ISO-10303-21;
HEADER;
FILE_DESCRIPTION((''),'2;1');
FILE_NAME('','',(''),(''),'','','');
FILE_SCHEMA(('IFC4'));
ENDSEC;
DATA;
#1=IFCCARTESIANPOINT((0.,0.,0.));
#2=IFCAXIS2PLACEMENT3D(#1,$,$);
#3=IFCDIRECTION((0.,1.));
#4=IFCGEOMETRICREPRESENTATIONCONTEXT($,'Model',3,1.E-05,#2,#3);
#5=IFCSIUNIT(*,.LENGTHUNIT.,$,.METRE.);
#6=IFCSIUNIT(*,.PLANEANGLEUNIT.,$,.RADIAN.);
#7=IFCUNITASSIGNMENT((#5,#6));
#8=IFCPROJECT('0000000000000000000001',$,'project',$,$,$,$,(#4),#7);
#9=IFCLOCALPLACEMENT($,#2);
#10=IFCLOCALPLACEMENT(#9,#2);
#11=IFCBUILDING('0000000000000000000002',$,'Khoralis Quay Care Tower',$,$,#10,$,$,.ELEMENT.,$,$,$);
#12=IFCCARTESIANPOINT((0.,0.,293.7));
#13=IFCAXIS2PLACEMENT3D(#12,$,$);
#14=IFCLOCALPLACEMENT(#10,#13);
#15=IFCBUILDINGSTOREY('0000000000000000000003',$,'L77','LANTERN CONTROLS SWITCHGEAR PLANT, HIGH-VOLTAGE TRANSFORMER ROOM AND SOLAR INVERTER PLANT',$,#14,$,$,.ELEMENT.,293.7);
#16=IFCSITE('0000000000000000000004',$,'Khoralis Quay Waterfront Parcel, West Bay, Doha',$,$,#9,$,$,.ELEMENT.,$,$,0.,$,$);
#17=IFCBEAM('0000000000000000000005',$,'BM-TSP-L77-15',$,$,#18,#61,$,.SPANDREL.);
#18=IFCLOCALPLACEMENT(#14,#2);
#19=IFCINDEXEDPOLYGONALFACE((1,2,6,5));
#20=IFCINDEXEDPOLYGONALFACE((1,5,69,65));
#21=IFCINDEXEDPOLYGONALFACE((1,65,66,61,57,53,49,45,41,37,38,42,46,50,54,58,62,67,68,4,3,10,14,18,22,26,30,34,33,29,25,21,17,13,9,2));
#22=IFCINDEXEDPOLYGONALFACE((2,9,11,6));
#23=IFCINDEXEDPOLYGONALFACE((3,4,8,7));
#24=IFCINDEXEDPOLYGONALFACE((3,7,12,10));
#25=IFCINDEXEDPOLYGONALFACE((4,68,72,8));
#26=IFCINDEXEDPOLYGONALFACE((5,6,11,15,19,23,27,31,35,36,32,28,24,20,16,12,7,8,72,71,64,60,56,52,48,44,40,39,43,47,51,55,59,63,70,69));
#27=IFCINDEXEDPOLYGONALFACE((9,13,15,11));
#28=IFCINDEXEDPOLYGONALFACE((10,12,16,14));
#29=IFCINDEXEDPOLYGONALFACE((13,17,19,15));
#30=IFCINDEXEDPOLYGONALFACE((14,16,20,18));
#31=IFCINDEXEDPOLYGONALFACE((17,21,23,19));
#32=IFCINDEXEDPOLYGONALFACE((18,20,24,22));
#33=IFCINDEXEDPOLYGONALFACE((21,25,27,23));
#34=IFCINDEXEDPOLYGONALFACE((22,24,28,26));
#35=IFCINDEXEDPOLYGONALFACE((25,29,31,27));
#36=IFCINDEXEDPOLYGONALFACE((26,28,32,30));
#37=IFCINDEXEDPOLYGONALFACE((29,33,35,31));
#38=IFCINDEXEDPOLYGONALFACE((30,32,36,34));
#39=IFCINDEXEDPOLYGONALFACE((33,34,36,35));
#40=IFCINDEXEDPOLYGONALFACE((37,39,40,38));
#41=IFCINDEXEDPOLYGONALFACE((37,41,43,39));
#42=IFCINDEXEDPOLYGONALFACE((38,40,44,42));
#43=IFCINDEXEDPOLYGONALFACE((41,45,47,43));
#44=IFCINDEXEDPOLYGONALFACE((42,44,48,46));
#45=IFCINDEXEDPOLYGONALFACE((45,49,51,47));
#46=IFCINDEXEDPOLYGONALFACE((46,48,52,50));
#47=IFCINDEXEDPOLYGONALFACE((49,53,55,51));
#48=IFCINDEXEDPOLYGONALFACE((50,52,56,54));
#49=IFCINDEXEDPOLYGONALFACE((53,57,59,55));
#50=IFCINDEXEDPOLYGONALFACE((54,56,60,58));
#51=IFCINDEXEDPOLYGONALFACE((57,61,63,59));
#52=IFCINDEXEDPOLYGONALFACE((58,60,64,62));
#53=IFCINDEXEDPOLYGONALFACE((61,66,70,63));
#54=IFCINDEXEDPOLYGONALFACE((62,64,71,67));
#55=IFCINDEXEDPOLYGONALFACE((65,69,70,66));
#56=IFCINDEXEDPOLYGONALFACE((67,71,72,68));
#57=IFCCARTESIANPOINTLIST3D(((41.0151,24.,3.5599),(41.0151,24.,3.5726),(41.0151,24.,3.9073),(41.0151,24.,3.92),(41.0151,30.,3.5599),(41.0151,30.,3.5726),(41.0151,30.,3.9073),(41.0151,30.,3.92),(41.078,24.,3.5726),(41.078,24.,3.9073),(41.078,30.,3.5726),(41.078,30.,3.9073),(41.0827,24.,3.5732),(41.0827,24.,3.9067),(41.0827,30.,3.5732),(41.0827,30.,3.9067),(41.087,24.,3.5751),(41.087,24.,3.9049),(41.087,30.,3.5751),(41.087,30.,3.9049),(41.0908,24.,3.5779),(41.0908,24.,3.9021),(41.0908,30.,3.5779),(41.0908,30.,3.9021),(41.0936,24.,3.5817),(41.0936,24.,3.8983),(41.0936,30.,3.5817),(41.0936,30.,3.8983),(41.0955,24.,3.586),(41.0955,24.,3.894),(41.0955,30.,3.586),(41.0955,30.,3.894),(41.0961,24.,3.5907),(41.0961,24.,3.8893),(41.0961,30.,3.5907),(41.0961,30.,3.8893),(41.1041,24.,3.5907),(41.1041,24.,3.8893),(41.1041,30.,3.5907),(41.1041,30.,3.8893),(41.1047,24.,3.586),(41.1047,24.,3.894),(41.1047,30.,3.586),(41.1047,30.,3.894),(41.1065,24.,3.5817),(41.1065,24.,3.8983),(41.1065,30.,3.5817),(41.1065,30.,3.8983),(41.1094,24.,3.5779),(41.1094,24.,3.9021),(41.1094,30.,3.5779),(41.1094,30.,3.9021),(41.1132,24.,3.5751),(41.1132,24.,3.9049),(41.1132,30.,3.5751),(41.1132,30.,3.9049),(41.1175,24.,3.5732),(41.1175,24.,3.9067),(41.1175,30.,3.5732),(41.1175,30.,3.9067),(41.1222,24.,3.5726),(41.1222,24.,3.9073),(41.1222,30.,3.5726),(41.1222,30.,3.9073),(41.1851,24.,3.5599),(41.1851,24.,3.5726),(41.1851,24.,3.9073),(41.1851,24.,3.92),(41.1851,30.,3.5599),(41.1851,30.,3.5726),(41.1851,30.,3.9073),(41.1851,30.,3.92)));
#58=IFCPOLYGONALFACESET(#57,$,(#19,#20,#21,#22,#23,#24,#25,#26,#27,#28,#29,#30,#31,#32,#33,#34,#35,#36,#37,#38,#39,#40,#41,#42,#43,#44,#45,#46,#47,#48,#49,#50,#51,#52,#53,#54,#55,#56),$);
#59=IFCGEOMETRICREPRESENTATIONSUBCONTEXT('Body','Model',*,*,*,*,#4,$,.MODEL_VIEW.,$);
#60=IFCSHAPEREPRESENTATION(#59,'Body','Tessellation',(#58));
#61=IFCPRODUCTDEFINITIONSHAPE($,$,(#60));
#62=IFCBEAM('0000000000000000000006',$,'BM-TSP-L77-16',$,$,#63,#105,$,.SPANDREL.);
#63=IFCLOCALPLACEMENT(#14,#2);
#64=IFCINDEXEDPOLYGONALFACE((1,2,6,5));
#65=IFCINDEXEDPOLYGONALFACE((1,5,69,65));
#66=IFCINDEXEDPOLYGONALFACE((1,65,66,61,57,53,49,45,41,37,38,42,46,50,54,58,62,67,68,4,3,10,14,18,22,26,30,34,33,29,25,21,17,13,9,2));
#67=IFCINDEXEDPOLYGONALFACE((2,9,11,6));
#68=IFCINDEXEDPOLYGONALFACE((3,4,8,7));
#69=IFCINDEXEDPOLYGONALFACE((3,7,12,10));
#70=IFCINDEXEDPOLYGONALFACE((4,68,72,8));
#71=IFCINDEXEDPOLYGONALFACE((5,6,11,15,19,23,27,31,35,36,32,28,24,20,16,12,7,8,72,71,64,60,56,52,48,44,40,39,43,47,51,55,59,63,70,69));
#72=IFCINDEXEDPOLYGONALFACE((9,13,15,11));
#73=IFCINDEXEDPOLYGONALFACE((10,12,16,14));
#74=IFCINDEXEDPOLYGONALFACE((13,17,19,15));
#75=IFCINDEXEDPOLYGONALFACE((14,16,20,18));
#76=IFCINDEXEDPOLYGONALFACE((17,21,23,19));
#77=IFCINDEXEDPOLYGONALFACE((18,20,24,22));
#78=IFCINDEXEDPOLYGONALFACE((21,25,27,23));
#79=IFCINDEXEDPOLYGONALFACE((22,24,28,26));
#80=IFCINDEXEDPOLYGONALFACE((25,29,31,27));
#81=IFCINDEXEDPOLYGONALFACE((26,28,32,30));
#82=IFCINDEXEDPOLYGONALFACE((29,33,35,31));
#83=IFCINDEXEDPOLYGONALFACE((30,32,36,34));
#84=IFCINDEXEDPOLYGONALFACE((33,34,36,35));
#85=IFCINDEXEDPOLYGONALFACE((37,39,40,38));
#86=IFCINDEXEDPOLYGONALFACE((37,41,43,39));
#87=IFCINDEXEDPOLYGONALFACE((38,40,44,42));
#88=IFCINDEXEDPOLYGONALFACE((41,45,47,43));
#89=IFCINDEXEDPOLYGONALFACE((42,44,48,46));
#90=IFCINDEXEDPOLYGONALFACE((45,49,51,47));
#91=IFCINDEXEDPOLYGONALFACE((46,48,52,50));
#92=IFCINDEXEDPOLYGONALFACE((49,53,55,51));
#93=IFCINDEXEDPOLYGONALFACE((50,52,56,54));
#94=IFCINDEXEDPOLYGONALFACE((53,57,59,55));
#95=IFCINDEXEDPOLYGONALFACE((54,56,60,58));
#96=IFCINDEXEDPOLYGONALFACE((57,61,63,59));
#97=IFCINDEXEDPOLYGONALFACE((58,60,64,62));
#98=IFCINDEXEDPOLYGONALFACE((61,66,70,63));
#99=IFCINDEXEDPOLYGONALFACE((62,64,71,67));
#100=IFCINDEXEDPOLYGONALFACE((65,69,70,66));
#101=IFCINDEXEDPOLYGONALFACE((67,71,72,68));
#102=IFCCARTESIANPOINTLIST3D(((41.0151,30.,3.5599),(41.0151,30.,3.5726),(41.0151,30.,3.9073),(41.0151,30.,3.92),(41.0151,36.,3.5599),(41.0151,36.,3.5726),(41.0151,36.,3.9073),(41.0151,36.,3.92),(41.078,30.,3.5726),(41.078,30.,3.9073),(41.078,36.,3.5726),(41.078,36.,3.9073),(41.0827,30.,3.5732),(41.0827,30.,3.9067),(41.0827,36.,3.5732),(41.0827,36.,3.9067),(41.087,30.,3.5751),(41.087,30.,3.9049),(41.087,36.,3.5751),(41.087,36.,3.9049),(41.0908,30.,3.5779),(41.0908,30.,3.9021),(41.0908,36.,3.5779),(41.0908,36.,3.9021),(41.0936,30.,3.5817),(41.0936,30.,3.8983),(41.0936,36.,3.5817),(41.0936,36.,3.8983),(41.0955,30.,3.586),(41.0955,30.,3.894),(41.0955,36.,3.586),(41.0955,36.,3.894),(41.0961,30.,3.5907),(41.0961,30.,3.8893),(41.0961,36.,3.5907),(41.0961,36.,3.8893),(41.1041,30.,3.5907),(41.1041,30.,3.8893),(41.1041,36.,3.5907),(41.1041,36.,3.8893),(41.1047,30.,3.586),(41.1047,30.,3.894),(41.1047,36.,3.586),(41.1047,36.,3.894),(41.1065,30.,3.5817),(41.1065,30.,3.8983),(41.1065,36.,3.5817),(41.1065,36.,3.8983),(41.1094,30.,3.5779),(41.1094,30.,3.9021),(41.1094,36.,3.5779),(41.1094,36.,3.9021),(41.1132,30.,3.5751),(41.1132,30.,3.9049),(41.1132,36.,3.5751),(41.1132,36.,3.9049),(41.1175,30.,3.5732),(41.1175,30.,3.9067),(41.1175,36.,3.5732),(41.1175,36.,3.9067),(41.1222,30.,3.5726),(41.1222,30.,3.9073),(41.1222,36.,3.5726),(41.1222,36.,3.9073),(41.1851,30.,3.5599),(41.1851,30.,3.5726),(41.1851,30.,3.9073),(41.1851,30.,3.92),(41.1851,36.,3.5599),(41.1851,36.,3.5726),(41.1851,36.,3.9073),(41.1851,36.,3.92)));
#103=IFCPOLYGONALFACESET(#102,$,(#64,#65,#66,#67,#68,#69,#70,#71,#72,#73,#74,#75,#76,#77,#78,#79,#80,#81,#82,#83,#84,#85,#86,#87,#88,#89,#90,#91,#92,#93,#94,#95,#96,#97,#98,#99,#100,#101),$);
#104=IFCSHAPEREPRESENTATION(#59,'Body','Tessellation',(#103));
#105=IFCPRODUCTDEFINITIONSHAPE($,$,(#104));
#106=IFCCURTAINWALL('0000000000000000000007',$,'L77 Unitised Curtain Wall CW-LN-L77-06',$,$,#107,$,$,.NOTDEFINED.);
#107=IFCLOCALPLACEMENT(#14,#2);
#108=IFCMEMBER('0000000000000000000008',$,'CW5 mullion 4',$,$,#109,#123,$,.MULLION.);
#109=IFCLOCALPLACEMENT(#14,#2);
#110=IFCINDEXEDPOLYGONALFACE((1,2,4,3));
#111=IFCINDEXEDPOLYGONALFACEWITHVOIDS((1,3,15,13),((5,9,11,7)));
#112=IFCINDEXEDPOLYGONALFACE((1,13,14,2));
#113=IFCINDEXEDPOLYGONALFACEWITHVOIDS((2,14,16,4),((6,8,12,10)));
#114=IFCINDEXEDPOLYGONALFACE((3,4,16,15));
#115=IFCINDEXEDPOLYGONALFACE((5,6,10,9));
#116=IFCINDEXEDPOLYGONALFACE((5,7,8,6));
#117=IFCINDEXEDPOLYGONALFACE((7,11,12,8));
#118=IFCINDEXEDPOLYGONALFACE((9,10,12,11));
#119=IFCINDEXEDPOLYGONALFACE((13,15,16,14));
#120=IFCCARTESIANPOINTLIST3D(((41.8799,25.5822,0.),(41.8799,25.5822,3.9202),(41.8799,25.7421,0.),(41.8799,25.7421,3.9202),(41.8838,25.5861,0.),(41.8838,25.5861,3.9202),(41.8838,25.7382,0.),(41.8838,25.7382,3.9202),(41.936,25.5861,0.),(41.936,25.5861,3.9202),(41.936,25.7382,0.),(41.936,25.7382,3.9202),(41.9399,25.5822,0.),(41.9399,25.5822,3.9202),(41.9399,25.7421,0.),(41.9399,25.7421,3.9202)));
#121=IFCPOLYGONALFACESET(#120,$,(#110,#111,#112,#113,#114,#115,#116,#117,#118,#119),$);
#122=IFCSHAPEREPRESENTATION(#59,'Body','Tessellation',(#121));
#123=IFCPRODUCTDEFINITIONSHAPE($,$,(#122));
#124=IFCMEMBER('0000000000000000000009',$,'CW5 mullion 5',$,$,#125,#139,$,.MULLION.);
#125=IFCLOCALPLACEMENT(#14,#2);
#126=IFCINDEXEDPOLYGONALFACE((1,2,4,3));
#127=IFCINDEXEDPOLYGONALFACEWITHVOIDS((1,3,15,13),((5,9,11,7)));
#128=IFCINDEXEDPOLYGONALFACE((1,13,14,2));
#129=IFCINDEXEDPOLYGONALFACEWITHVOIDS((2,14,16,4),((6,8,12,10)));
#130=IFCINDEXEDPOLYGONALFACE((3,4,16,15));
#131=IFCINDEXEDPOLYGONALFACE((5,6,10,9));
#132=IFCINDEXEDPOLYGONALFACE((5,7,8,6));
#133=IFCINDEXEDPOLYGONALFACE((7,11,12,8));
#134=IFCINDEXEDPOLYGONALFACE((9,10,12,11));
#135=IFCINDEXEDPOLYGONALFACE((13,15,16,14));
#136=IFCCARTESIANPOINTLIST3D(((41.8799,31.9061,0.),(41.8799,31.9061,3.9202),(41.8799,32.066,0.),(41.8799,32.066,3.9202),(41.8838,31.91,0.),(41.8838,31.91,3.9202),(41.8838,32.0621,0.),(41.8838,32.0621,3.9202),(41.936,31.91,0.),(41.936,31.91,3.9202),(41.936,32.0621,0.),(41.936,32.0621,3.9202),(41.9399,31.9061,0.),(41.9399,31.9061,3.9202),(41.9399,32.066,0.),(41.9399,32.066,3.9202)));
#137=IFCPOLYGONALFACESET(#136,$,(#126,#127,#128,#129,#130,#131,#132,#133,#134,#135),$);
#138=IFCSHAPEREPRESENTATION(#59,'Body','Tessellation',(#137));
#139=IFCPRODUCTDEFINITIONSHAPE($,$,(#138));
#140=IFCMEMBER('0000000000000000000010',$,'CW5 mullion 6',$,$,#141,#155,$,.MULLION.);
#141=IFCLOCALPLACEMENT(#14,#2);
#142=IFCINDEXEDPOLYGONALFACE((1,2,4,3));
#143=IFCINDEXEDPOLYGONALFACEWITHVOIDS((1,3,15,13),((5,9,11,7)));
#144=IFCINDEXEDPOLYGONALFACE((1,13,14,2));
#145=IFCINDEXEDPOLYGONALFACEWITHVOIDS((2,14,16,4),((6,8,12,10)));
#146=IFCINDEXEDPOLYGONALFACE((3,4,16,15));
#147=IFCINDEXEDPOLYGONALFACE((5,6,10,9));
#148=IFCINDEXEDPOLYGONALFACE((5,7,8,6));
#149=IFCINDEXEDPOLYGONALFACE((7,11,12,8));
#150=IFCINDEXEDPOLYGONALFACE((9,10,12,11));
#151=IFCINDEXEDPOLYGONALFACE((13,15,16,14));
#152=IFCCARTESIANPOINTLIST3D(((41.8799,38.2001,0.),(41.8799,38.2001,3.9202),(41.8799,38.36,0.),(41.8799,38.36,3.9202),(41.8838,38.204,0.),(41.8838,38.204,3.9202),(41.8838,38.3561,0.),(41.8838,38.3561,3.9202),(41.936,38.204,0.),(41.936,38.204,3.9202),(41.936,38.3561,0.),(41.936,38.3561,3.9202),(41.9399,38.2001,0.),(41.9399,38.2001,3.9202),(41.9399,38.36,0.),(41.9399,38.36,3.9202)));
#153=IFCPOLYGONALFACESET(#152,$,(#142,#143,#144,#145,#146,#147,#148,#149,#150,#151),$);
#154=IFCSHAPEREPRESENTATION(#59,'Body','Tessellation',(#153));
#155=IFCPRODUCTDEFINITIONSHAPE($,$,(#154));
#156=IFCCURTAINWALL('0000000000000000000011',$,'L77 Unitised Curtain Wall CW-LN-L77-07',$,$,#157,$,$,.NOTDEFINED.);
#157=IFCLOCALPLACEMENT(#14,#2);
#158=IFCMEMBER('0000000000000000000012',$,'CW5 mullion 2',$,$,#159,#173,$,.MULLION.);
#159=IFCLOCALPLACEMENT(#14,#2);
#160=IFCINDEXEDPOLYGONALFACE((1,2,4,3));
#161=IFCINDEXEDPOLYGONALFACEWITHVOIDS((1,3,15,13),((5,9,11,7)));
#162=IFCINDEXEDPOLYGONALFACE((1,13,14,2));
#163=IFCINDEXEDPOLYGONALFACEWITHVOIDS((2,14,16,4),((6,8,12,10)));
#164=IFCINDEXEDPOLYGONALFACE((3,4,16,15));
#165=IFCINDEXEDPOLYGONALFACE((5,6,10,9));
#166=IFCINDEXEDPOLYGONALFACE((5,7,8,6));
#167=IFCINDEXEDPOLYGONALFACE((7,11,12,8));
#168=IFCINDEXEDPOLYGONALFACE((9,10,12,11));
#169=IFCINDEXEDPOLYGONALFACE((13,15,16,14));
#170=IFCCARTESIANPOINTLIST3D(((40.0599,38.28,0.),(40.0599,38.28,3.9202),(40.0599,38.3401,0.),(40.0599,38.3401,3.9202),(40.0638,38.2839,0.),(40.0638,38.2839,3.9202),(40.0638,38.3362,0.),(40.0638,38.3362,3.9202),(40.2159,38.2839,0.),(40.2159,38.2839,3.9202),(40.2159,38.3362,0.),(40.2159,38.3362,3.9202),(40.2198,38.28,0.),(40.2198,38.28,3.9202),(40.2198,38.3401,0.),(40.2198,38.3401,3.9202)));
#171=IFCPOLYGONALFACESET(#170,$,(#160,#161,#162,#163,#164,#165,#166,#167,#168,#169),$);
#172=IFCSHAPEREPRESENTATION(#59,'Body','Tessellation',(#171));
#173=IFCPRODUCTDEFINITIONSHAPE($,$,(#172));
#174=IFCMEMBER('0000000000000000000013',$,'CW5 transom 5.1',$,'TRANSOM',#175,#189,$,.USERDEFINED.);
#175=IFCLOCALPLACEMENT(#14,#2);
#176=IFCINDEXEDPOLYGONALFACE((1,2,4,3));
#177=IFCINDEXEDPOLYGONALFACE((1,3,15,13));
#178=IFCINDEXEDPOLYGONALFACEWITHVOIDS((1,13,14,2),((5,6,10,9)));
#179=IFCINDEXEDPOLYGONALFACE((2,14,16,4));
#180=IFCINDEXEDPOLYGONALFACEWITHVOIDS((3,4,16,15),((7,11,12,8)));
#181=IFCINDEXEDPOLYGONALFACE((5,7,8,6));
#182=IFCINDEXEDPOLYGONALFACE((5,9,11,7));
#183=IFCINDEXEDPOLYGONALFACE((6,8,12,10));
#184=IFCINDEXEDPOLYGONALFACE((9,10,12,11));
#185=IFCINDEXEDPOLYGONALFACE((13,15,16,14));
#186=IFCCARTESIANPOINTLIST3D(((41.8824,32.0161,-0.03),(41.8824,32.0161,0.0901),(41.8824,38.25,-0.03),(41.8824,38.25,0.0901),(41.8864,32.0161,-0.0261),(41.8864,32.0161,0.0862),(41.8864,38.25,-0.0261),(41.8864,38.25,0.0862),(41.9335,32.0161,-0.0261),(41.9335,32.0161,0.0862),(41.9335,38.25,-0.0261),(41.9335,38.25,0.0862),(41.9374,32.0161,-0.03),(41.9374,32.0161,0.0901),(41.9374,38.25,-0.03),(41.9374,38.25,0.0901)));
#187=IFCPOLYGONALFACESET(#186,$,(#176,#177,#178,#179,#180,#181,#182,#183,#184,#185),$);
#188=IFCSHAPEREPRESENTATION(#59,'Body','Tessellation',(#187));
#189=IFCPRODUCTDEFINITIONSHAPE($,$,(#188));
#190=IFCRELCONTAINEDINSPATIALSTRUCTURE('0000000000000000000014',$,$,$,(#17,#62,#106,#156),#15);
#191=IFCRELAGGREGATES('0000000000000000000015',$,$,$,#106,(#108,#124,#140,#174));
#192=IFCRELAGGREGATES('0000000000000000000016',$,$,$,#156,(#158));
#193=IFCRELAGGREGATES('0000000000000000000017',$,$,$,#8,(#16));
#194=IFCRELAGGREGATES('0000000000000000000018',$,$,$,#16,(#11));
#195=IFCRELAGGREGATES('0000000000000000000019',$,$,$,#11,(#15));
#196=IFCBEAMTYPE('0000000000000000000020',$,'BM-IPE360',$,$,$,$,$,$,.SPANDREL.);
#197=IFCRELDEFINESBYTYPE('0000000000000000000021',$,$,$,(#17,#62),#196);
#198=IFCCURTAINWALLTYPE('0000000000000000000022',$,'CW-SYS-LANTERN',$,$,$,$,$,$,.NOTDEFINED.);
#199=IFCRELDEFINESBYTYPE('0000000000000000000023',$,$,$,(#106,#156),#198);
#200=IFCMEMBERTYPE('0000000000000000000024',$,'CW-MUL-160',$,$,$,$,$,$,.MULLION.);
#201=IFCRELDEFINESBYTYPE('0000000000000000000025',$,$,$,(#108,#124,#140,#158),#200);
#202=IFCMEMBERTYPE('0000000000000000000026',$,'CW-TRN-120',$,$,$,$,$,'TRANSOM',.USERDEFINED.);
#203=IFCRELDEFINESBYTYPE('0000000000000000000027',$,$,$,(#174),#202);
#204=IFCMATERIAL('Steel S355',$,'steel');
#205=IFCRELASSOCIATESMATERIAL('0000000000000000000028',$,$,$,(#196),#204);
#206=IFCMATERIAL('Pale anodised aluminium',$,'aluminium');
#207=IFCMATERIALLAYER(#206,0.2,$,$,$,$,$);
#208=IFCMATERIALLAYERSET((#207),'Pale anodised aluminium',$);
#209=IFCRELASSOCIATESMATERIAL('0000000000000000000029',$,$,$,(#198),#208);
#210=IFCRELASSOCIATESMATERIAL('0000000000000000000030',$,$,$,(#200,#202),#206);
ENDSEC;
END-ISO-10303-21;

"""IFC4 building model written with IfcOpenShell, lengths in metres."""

from ifc_helpers import new_model, si_unit, direction, frame, origin, origin_2d, place, context, subcontext, project, spatial, hollow_rectangle, i_section, extrude, source, transform, mapped, material, layer, layer_set, material_profile, profile_set, type_object, element, aggregate, save


model = new_model("IFC4")

# Units and contexts
model_context = context("Model", 3, precision=1e-05, world=origin(), true_north=direction((0.0, 1.0)))
body_context = subcontext(model_context, "Body", "Model", "MODEL_VIEW")
ifc_project = project(units=[si_unit("LENGTHUNIT", "METRE"), si_unit("PLANEANGLEUNIT", "RADIAN")], contexts=[model_context])

# Site, building, storey
site_placement = place(None, origin())
site = spatial("IfcSite", under=ifc_project, at=site_placement, Name="Khoralis Quay Waterfront Parcel, West Bay, Doha", CompositionType="ELEMENT", RefElevation=0.0)
building_placement = place(site_placement, origin())
building = spatial("IfcBuilding", under=site, at=building_placement, Name="Khoralis Quay Care Tower", CompositionType="ELEMENT")
storey_placement = place(building_placement, frame((0.0, 0.0, 293.7)))
storey = spatial("IfcBuildingStorey", under=building, at=storey_placement, Name="L77", Description="LANTERN CONTROLS SWITCHGEAR PLANT, HIGH-VOLTAGE TRANSFORMER ROOM AND SOLAR INVERTER PLANT", CompositionType="ELEMENT", Elevation=293.7)

# Beams
ifc_material_1 = material(Name="Steel S355", Category="steel")
ifc_material_profile_1 = material_profile(ifc_material_1, i_section(OverallWidth=0.1699, OverallDepth=0.3601, WebThickness=0.0081, FlangeThickness=0.0127, FilletRadius=0.0181, at=origin_2d()), Name="Steel S355")
ifc_profile_set_1 = profile_set([ifc_material_profile_1], Name="Steel S355")
beam_type = type_object("IfcBeamType", Name="BM-IPE360", PredefinedType="SPANDREL", material=ifc_profile_set_1)
shared_shape_1 = source(origin(), body_context, "Body", "SweptSolid", [
    extrude(i_section(OverallWidth=0.1699, OverallDepth=0.3601, WebThickness=0.0081, FlangeThickness=0.0127, FilletRadius=0.0181, at=origin_2d()), origin(), (0.0, 0.0, 1.0), 6.0),
])
for number, where, z_axis, x_axis, name in (
    (1, (41.1001, 24.0, 3.74), (0.0, 1.0, 0.0), (-1.0, 0.0, 0.0), "BM-TSP-L77-15"),
    (2, (41.1001, 30.0, 3.74), (0.0, 1.0, 0.0), (-1.0, 0.0, 0.0), "BM-TSP-L77-16"),
):
    element("IfcBeam", number, at=place(storey_placement, frame(where, z_axis=z_axis, x_axis=x_axis)), inside=storey, type_object=beam_type, Name=name, PredefinedType="SPANDREL", context=body_context, shape_type="MappedRepresentation", body=[
        mapped(shared_shape_1, transform((0.0, 0.0, 0.0), scale=1.0)),
    ])

# Curtain wall, members
ifc_material_2 = material(Name="Pale anodised aluminium", Category="aluminium")
ifc_layer_1 = layer(ifc_material_2, 0.2)
ifc_layer_set_1 = layer_set([ifc_layer_1], Name="Pale anodised aluminium")
curtain_wall_type = type_object("IfcCurtainWallType", Name="CW-SYS-LANTERN", PredefinedType="NOTDEFINED", material=ifc_layer_set_1)
curtain_wall_1_placement = place(storey_placement, origin())
curtain_wall_1 = element("IfcCurtainWall", 3, at=curtain_wall_1_placement, inside=storey, type_object=curtain_wall_type, Name="L77 Unitised Curtain Wall CW-LN-L77-06", PredefinedType="NOTDEFINED")
ifc_material_profile_2 = material_profile(ifc_material_2, hollow_rectangle(XDim=0.0601, YDim=0.1599, WallThickness=0.0039, at=origin_2d()), Name="Pale anodised aluminium")
ifc_profile_set_2 = profile_set([ifc_material_profile_2], Name="Pale anodised aluminium")
member_type_1 = type_object("IfcMemberType", Name="CW-MUL-160", PredefinedType="MULLION", material=ifc_profile_set_2)
shared_shape_2 = source(origin(), body_context, "Body", "SweptSolid", [
    extrude(hollow_rectangle(XDim=0.0601, YDim=0.1599, WallThickness=0.0039, at=origin_2d()), origin(), (0.0, 0.0, 1.0), 3.9202),
])
member_1_placement = place(storey_placement, frame((41.9099, 25.6621, 0.0), z_axis=(0.0, 0.0, 1.0), x_axis=(-1.0, 0.0, 0.0)))
member_1 = element("IfcMember", 4, at=member_1_placement, type_object=member_type_1, Name="CW5 mullion 4", PredefinedType="MULLION", context=body_context, shape_type="MappedRepresentation", body=[
    mapped(shared_shape_2, transform((0.0, 0.0, 0.0), scale=1.0)),
])
member_2_placement = place(storey_placement, frame((41.9099, 31.9861, 0.0), z_axis=(0.0, 0.0, 1.0), x_axis=(-1.0, 0.0, 0.0)))
member_2 = element("IfcMember", 5, at=member_2_placement, type_object=member_type_1, Name="CW5 mullion 5", PredefinedType="MULLION", context=body_context, shape_type="MappedRepresentation", body=[
    mapped(shared_shape_2, transform((0.0, 0.0, 0.0), scale=1.0)),
])
member_3_placement = place(storey_placement, frame((41.9099, 38.28, 0.0), z_axis=(0.0, 0.0, 1.0), x_axis=(-1.0, 0.0, 0.0)))
member_3 = element("IfcMember", 6, at=member_3_placement, type_object=member_type_1, Name="CW5 mullion 6", PredefinedType="MULLION", context=body_context, shape_type="MappedRepresentation", body=[
    mapped(shared_shape_2, transform((0.0, 0.0, 0.0), scale=1.0)),
])

# Curtain wall, member
curtain_wall_2_placement = place(storey_placement, origin())
curtain_wall_2 = element("IfcCurtainWall", 7, at=curtain_wall_2_placement, inside=storey, type_object=curtain_wall_type, Name="L77 Unitised Curtain Wall CW-LN-L77-07", PredefinedType="NOTDEFINED")
member_4_placement = place(storey_placement, frame((40.1399, 38.3101, 0.0), z_axis=(0.0, 0.0, 1.0), x_axis=(0.0, -1.0, 0.0)))
member_4 = element("IfcMember", 8, at=member_4_placement, type_object=member_type_1, Name="CW5 mullion 2", PredefinedType="MULLION", context=body_context, shape_type="MappedRepresentation", body=[
    mapped(shared_shape_2, transform((0.0, 0.0, 0.0), scale=1.0)),
])

# Member
ifc_material_profile_3 = material_profile(ifc_material_2, hollow_rectangle(XDim=0.0549, YDim=0.1201, WallThickness=0.0039, at=origin_2d()), Name="Pale anodised aluminium")
ifc_profile_set_3 = profile_set([ifc_material_profile_3], Name="Pale anodised aluminium")
member_type_2 = type_object("IfcMemberType", Name="CW-TRN-120", ElementType="TRANSOM", PredefinedType="USERDEFINED", material=ifc_profile_set_3)
shared_shape_3 = source(origin(), body_context, "Body", "SweptSolid", [
    extrude(hollow_rectangle(XDim=0.0549, YDim=0.1201, WallThickness=0.0039, at=origin_2d()), origin(), (0.0, 0.0, 1.0), 6.2339),
])
member_5_placement = place(storey_placement, frame((41.9099, 32.0161, 0.03), z_axis=(0.0, 1.0, 0.0), x_axis=(-1.0, 0.0, 0.0)))
member_5 = element("IfcMember", 9, at=member_5_placement, type_object=member_type_2, Name="CW5 transom 5.1", ObjectType="TRANSOM", PredefinedType="USERDEFINED", context=body_context, shape_type="MappedRepresentation", body=[
    mapped(shared_shape_3, transform((0.0, 0.0, 0.0), scale=1.0)),
])

aggregate(curtain_wall_1, [member_1, member_2, member_3, member_5])
aggregate(curtain_wall_2, [member_4])

save(model, "model.ifc")
